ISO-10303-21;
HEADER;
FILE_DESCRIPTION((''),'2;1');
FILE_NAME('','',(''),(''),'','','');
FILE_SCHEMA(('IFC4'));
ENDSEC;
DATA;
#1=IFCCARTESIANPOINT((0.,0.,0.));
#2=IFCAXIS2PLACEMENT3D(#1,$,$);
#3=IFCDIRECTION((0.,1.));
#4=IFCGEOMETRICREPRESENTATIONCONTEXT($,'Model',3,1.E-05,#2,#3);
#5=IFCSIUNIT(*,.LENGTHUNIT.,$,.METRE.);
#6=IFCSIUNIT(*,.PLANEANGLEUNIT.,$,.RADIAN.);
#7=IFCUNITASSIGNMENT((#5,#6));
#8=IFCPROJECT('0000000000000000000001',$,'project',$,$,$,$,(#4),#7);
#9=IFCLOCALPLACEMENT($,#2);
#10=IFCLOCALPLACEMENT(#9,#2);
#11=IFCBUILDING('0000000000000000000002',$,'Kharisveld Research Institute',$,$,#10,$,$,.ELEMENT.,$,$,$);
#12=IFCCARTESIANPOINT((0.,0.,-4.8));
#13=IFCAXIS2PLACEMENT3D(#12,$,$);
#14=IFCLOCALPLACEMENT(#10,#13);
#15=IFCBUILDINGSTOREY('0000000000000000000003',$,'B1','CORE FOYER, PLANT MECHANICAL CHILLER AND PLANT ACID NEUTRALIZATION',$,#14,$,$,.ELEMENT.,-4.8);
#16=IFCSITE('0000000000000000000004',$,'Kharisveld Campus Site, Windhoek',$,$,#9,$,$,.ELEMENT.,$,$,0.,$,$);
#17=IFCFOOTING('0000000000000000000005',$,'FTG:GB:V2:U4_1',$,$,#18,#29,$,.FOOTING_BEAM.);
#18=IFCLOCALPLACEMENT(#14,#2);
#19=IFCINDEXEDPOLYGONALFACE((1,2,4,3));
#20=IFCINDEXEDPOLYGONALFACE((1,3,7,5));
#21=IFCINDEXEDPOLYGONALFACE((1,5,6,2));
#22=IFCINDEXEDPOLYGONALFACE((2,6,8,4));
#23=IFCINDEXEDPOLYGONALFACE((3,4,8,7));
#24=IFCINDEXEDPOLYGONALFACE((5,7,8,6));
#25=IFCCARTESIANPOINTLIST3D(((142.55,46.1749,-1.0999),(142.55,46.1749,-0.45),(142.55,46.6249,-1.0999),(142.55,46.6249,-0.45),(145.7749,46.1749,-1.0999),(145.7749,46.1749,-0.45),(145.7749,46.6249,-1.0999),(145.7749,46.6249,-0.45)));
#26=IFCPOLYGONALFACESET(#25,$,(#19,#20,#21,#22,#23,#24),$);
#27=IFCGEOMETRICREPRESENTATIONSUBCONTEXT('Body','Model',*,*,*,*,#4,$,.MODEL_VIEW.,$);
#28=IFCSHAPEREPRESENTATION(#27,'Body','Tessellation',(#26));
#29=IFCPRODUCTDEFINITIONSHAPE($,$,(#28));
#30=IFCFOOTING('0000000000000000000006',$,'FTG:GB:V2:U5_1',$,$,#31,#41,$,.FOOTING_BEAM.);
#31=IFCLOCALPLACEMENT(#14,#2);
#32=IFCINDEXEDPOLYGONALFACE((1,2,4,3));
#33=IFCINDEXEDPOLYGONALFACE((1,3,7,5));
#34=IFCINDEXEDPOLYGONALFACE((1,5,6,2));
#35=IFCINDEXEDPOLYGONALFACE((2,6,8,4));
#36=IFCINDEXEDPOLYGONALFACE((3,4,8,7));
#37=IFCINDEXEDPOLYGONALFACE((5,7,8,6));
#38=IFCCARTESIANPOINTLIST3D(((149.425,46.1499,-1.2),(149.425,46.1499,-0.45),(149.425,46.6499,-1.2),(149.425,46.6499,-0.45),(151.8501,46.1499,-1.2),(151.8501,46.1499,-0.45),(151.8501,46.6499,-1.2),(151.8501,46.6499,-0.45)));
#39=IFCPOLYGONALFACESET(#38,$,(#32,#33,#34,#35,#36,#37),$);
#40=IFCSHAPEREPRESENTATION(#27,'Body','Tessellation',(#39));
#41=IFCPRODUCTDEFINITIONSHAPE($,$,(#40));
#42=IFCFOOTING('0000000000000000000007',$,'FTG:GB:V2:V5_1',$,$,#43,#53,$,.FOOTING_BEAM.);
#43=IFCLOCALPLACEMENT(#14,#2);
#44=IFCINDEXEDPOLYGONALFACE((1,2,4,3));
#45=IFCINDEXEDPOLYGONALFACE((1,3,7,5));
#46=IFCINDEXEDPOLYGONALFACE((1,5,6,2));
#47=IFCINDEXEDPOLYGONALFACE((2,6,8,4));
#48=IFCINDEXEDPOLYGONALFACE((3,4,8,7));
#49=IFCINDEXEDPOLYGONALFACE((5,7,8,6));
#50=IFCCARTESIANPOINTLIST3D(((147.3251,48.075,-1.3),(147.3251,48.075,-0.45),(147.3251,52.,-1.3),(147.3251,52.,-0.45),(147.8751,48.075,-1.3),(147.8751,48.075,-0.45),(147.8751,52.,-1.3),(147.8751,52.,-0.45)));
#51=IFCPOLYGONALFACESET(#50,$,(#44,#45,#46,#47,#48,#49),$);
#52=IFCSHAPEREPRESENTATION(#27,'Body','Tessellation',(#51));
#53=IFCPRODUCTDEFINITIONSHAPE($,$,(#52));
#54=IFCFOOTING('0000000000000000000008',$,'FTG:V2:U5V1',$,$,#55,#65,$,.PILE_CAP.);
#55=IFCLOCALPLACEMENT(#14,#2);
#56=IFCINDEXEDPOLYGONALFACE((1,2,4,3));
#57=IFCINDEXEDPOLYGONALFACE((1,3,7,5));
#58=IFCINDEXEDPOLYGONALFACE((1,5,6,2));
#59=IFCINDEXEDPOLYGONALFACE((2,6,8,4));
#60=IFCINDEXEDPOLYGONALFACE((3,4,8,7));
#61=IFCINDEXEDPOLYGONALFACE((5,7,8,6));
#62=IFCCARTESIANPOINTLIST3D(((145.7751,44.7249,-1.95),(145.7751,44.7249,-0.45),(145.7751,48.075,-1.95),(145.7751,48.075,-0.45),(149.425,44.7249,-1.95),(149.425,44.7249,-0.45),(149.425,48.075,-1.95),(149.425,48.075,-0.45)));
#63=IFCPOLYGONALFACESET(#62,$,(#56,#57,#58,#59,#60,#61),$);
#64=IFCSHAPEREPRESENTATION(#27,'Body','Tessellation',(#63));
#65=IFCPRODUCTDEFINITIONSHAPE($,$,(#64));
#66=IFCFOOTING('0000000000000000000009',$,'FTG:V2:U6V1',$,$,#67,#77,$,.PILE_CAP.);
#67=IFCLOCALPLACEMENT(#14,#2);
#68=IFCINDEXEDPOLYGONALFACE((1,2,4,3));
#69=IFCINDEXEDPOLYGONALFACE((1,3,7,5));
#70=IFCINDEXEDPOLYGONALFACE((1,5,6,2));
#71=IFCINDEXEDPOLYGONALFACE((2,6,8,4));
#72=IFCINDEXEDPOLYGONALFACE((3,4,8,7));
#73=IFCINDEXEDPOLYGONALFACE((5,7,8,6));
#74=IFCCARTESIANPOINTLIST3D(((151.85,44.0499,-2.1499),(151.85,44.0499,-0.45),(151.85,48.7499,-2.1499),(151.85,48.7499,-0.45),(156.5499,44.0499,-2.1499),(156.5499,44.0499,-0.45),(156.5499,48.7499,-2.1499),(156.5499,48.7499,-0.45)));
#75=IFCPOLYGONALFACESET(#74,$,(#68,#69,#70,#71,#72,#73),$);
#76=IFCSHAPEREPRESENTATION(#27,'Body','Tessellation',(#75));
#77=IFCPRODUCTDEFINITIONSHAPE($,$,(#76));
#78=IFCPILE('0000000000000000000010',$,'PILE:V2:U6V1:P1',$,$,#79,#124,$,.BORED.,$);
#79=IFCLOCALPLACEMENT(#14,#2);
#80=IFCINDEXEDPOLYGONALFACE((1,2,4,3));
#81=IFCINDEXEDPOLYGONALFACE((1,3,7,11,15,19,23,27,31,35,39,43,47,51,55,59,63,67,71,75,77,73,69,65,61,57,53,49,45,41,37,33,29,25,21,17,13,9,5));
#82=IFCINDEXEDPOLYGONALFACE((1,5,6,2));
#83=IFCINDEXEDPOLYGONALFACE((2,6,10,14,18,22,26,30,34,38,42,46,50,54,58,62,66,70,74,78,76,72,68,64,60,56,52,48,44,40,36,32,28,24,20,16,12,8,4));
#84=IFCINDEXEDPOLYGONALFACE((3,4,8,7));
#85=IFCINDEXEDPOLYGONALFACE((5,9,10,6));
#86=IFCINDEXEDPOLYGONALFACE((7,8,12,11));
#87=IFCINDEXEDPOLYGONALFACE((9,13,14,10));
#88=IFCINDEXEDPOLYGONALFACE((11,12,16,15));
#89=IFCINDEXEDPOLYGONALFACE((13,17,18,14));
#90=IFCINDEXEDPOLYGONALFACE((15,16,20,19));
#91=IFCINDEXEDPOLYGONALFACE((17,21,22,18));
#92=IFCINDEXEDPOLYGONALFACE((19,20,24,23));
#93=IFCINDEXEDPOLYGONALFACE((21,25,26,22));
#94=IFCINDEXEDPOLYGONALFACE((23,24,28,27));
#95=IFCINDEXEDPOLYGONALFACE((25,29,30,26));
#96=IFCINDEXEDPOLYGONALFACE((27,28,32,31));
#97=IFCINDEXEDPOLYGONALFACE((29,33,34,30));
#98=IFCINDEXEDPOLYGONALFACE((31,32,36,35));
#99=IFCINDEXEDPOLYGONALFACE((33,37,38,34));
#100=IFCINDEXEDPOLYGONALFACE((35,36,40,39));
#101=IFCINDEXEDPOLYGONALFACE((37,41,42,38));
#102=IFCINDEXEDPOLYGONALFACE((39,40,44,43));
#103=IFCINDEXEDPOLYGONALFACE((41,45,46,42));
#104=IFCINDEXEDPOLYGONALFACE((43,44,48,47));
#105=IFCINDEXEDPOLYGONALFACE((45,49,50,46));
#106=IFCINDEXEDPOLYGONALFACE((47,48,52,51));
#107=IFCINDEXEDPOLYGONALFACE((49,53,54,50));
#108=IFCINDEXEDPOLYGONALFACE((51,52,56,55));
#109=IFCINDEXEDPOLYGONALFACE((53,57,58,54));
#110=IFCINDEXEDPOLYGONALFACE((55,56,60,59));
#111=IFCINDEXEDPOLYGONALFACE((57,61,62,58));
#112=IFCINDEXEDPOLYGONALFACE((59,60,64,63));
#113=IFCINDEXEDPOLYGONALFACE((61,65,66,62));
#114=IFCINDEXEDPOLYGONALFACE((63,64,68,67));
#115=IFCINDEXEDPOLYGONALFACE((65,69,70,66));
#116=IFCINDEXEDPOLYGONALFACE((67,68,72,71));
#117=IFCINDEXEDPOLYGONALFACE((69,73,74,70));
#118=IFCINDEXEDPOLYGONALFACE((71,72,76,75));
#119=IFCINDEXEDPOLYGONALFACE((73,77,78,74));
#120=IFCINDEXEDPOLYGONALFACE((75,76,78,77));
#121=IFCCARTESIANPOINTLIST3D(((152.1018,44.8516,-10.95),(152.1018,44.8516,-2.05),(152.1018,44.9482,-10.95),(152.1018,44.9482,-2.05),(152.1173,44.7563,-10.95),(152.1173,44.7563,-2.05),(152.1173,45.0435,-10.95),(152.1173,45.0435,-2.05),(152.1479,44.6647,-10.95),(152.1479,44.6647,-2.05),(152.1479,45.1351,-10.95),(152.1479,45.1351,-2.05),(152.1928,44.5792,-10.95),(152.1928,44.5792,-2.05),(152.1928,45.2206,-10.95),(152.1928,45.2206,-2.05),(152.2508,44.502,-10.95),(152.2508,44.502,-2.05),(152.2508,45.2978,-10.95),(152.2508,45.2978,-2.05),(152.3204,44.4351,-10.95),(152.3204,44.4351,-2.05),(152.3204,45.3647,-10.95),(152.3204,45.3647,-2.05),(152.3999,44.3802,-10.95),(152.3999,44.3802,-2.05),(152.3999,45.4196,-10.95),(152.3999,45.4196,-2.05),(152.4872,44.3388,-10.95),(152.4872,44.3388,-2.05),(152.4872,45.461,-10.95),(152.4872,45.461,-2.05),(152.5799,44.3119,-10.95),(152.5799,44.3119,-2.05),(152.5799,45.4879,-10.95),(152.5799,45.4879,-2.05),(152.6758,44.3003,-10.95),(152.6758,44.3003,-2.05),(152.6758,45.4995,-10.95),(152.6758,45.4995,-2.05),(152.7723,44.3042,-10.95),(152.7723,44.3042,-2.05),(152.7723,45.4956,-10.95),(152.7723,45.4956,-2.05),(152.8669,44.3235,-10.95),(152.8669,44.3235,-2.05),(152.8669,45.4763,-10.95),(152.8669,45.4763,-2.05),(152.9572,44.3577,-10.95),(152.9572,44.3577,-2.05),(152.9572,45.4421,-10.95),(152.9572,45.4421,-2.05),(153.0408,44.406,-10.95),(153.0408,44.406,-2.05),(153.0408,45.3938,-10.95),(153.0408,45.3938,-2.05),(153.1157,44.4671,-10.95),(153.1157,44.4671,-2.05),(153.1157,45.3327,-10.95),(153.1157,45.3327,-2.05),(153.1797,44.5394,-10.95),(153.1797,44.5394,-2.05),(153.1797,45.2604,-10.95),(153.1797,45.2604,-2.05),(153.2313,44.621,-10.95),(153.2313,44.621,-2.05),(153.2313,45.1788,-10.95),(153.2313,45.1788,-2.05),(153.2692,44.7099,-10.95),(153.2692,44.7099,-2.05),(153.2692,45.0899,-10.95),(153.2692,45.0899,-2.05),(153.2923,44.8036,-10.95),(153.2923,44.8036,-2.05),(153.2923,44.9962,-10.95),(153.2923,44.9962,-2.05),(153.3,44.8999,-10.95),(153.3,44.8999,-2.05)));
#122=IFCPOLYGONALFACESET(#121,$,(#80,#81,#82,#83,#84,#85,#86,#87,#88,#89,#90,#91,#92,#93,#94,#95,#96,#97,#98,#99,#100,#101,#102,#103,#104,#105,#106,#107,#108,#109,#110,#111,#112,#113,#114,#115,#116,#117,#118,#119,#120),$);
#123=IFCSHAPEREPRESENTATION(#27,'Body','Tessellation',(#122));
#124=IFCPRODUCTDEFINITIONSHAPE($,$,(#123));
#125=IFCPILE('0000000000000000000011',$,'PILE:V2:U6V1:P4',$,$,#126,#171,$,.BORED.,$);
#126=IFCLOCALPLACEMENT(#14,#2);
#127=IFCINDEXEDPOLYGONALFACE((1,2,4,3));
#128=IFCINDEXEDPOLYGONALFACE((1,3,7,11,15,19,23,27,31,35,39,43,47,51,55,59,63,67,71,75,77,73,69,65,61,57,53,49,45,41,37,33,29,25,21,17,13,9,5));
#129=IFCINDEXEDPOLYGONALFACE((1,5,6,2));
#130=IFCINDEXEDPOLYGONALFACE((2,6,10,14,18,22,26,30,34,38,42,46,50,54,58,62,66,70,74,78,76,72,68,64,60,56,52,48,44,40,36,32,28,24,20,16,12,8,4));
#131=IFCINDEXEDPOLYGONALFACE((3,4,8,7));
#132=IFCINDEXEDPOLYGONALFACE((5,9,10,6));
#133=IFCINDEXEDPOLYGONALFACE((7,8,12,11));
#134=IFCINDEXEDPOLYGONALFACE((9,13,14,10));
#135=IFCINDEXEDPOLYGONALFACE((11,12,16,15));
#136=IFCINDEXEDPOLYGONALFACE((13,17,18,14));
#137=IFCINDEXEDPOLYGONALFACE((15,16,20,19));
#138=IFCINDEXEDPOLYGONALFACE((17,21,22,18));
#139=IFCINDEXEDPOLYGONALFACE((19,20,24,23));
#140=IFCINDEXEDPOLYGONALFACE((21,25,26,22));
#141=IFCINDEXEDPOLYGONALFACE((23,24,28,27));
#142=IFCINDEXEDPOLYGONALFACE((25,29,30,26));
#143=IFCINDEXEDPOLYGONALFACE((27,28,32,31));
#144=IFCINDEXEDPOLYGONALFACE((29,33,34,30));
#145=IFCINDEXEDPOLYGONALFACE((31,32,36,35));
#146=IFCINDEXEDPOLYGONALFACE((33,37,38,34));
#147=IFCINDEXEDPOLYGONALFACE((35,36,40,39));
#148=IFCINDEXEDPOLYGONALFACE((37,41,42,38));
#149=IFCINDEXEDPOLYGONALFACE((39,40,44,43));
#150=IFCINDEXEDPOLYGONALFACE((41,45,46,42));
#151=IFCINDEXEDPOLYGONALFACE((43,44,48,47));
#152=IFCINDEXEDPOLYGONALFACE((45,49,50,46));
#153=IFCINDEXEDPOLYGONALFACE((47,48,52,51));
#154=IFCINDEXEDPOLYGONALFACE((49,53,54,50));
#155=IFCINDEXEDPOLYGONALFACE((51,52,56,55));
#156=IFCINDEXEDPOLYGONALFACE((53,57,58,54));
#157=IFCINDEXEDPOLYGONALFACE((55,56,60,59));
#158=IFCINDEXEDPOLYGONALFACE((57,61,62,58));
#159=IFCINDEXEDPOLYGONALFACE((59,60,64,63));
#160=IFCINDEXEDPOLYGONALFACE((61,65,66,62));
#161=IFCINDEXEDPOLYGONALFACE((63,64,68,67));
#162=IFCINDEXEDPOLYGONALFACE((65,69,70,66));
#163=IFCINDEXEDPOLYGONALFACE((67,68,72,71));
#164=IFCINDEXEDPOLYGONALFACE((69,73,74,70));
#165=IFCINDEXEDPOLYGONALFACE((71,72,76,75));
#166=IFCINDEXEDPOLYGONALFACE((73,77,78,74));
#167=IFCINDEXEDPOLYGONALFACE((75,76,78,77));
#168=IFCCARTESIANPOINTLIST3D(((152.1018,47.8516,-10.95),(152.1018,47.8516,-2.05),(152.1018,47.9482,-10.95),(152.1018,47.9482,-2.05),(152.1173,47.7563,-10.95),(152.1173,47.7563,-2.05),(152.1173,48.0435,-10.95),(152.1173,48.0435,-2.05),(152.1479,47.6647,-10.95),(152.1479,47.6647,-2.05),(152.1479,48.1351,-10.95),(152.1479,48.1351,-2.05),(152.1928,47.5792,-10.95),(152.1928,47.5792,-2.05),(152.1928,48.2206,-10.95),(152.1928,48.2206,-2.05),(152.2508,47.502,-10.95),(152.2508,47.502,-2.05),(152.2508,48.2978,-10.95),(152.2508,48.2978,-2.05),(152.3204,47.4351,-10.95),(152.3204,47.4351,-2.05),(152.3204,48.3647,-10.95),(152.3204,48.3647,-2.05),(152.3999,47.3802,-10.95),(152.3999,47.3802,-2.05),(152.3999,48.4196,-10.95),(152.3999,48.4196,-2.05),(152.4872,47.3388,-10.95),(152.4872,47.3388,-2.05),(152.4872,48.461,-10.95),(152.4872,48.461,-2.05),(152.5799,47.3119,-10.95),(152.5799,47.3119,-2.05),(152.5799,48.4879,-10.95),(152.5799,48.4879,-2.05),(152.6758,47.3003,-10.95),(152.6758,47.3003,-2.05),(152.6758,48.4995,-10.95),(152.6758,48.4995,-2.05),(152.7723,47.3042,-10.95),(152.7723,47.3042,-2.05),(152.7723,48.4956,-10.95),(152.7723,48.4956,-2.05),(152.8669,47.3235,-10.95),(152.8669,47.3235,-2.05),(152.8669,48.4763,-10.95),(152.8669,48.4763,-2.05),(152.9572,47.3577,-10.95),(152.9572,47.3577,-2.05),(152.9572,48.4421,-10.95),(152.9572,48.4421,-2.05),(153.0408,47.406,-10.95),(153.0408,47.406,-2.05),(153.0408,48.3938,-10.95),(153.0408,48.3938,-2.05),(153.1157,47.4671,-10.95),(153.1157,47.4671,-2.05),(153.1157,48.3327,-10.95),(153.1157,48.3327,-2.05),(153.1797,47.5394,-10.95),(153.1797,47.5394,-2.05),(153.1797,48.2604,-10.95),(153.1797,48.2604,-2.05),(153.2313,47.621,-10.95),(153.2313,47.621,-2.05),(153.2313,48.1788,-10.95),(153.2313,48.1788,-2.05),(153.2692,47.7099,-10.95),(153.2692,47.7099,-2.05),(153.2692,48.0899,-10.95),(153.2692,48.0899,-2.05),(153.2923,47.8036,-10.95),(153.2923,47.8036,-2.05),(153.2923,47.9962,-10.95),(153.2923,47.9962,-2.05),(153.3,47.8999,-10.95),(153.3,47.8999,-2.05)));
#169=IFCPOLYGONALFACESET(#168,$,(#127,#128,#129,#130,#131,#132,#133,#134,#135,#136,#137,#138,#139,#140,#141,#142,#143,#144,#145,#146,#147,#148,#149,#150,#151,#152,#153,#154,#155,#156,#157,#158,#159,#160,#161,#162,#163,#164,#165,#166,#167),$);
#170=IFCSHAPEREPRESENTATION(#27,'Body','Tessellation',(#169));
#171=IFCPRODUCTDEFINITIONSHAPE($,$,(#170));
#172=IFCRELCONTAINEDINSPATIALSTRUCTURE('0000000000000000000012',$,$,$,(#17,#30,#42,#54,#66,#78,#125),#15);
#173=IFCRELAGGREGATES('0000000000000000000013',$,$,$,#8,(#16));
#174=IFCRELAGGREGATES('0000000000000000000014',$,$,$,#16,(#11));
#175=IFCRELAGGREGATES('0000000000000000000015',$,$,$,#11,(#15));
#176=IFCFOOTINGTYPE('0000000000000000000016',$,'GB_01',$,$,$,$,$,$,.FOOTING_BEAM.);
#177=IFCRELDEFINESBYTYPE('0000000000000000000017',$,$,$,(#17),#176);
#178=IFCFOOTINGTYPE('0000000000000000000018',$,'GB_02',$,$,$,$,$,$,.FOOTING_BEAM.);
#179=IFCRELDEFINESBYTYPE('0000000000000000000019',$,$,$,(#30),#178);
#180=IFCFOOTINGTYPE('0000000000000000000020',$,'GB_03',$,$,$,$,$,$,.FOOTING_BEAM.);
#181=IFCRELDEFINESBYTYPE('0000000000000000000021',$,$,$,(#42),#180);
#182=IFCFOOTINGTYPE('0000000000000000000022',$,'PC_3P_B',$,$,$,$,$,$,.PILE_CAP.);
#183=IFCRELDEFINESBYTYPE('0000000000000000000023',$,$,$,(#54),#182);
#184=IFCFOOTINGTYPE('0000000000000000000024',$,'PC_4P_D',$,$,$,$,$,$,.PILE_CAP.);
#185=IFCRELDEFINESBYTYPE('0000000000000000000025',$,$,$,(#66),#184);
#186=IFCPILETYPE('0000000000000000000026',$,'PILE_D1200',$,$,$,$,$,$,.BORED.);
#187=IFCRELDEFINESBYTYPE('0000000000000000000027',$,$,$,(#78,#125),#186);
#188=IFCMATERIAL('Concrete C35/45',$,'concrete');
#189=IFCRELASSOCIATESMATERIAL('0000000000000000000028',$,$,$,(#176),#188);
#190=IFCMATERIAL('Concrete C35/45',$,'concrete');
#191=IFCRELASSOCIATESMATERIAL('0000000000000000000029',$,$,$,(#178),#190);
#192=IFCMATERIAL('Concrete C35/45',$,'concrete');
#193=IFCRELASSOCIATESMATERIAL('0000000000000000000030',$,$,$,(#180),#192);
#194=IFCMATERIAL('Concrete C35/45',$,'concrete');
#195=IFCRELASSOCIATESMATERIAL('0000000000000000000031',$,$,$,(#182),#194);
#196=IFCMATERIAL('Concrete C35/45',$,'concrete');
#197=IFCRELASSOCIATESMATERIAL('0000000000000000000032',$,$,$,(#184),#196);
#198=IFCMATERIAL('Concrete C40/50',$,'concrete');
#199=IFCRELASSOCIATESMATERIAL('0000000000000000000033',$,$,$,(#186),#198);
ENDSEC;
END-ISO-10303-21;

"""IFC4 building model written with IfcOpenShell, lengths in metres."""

from ifc_helpers import new_model, si_unit, direction, frame, origin, origin_2d, place, context, subcontext, project, spatial, rectangle, circle, extrude, material, material_profile, profile_set, type_object, element, save


model = new_model("IFC4")

# Units and contexts
model_context = context("Model", 3, precision=1e-05, world=origin(), true_north=direction((0.0, 1.0)))
body_context = subcontext(model_context, "Body", "Model", "MODEL_VIEW")
ifc_project = project(units=[si_unit("LENGTHUNIT", "METRE"), si_unit("PLANEANGLEUNIT", "RADIAN")], contexts=[model_context])

# Site, building, storey
site_placement = place(None, origin())
site = spatial("IfcSite", under=ifc_project, at=site_placement, Name="Kharisveld Campus Site, Windhoek", CompositionType="ELEMENT", RefElevation=0.0)
building_placement = place(site_placement, origin())
building = spatial("IfcBuilding", under=site, at=building_placement, Name="Kharisveld Research Institute", CompositionType="ELEMENT")
storey_placement = place(building_placement, frame((0.0, 0.0, -4.8)))
storey = spatial("IfcBuildingStorey", under=building, at=storey_placement, Name="B1", Description="CORE FOYER, PLANT MECHANICAL CHILLER AND PLANT ACID NEUTRALIZATION", CompositionType="ELEMENT", Elevation=-4.8)

# Footings
ifc_material_1 = material(Name="Concrete C35/45", Category="concrete")
ifc_material_profile_1 = material_profile(ifc_material_1, rectangle(XDim=0.45, YDim=0.6499, at=origin_2d()))
ifc_profile_set_1 = profile_set([ifc_material_profile_1], Name="Concrete C35/45")
footing_type_1 = type_object("IfcFootingType", Name="GB_01", PredefinedType="FOOTING_BEAM", material=ifc_profile_set_1)
footing_1_placement = place(storey_placement, frame((142.55, 46.3999, -0.7749), z_axis=(1.0, 0.0, 0.0), x_axis=(0.0, 1.0, 0.0)))
element("IfcFooting", 1, at=footing_1_placement, inside=storey, type_object=footing_type_1, Name="FTG:GB:V2:U4_1", PredefinedType="FOOTING_BEAM", context=body_context, shape_type="SweptSolid", body=[
    extrude(rectangle(XDim=0.45, YDim=0.6499, at=origin_2d()), origin(), (0.0, 0.0, 1.0), 3.2249),
])
ifc_material_2 = material(Name="Concrete C35/45", Category="concrete")
ifc_material_profile_2 = material_profile(ifc_material_2, rectangle(XDim=0.5, YDim=0.75, at=origin_2d()))
ifc_profile_set_2 = profile_set([ifc_material_profile_2], Name="Concrete C35/45")
footing_type_2 = type_object("IfcFootingType", Name="GB_02", PredefinedType="FOOTING_BEAM", material=ifc_profile_set_2)
footing_2_placement = place(storey_placement, frame((149.425, 46.3999, -0.825), z_axis=(1.0, 0.0, 0.0), x_axis=(0.0, 1.0, 0.0)))
element("IfcFooting", 2, at=footing_2_placement, inside=storey, type_object=footing_type_2, Name="FTG:GB:V2:U5_1", PredefinedType="FOOTING_BEAM", context=body_context, shape_type="SweptSolid", body=[
    extrude(rectangle(XDim=0.5, YDim=0.75, at=origin_2d()), origin(), (0.0, 0.0, 1.0), 2.425),
])
ifc_material_3 = material(Name="Concrete C35/45", Category="concrete")
ifc_material_profile_3 = material_profile(ifc_material_3, rectangle(XDim=0.55, YDim=0.8501, at=origin_2d()))
ifc_profile_set_3 = profile_set([ifc_material_profile_3], Name="Concrete C35/45")
footing_type_3 = type_object("IfcFootingType", Name="GB_03", PredefinedType="FOOTING_BEAM", material=ifc_profile_set_3)
footing_3_placement = place(storey_placement, frame((147.6001, 48.075, -0.875), z_axis=(0.0, 1.0, 0.0), x_axis=(-1.0, 0.0, 0.0)))
element("IfcFooting", 3, at=footing_3_placement, inside=storey, type_object=footing_type_3, Name="FTG:GB:V2:V5_1", PredefinedType="FOOTING_BEAM", context=body_context, shape_type="SweptSolid", body=[
    extrude(rectangle(XDim=0.55, YDim=0.8501, at=origin_2d()), origin(), (0.0, 0.0, 1.0), 3.925),
])
ifc_material_4 = material(Name="Concrete C35/45", Category="concrete")
footing_type_4 = type_object("IfcFootingType", Name="PC_3P_B", PredefinedType="PILE_CAP", material=ifc_material_4)
footing_4_placement = place(storey_placement, frame((147.6001, 46.3999, -1.95), z_axis=(0.0, 0.0, 1.0), x_axis=(1.0, 0.0, 0.0)))
element("IfcFooting", 4, at=footing_4_placement, inside=storey, type_object=footing_type_4, Name="FTG:V2:U5V1", PredefinedType="PILE_CAP", context=body_context, shape_type="SweptSolid", body=[
    extrude(rectangle(XDim=3.6499, YDim=3.3501, at=origin_2d()), origin(), (0.0, 0.0, 1.0), 1.5),
])
ifc_material_5 = material(Name="Concrete C35/45", Category="concrete")
footing_type_5 = type_object("IfcFootingType", Name="PC_4P_D", PredefinedType="PILE_CAP", material=ifc_material_5)
footing_5_placement = place(storey_placement, frame((154.2, 46.3999, -2.1499), z_axis=(0.0, 0.0, 1.0), x_axis=(1.0, 0.0, 0.0)))
element("IfcFooting", 5, at=footing_5_placement, inside=storey, type_object=footing_type_5, Name="FTG:V2:U6V1", PredefinedType="PILE_CAP", context=body_context, shape_type="SweptSolid", body=[
    extrude(rectangle(XDim=4.7, YDim=4.7, at=origin_2d()), origin(), (0.0, 0.0, 1.0), 1.7),
])

# Piles
ifc_material_6 = material(Name="Concrete C40/50", Category="concrete")
ifc_material_profile_4 = material_profile(ifc_material_6, circle(Radius=0.6001, at=origin_2d()))
ifc_profile_set_4 = profile_set([ifc_material_profile_4], Name="Concrete C40/50")
pile_type_1 = type_object("IfcPileType", Name="PILE_D1200", PredefinedType="BORED", material=ifc_profile_set_4)
for number, where, z_axis, x_axis, name in (
    (6, (152.7, 44.8999, -2.05), (0.0, 0.0, -1.0), (1.0, 0.0, 0.0), "PILE:V2:U6V1:P1"),
    (7, (152.7, 47.8999, -2.05), (0.0, 0.0, -1.0), (1.0, 0.0, 0.0), "PILE:V2:U6V1:P4"),
):
    element("IfcPile", number, at=place(storey_placement, frame(where, z_axis=z_axis, x_axis=x_axis)), inside=storey, type_object=pile_type_1, Name=name, PredefinedType="BORED", context=body_context, shape_type="SweptSolid", body=[
        extrude(circle(Radius=0.6001, at=origin_2d()), origin(), (0.0, 0.0, 1.0), 8.8999),
    ])

save(model, "model.ifc")
